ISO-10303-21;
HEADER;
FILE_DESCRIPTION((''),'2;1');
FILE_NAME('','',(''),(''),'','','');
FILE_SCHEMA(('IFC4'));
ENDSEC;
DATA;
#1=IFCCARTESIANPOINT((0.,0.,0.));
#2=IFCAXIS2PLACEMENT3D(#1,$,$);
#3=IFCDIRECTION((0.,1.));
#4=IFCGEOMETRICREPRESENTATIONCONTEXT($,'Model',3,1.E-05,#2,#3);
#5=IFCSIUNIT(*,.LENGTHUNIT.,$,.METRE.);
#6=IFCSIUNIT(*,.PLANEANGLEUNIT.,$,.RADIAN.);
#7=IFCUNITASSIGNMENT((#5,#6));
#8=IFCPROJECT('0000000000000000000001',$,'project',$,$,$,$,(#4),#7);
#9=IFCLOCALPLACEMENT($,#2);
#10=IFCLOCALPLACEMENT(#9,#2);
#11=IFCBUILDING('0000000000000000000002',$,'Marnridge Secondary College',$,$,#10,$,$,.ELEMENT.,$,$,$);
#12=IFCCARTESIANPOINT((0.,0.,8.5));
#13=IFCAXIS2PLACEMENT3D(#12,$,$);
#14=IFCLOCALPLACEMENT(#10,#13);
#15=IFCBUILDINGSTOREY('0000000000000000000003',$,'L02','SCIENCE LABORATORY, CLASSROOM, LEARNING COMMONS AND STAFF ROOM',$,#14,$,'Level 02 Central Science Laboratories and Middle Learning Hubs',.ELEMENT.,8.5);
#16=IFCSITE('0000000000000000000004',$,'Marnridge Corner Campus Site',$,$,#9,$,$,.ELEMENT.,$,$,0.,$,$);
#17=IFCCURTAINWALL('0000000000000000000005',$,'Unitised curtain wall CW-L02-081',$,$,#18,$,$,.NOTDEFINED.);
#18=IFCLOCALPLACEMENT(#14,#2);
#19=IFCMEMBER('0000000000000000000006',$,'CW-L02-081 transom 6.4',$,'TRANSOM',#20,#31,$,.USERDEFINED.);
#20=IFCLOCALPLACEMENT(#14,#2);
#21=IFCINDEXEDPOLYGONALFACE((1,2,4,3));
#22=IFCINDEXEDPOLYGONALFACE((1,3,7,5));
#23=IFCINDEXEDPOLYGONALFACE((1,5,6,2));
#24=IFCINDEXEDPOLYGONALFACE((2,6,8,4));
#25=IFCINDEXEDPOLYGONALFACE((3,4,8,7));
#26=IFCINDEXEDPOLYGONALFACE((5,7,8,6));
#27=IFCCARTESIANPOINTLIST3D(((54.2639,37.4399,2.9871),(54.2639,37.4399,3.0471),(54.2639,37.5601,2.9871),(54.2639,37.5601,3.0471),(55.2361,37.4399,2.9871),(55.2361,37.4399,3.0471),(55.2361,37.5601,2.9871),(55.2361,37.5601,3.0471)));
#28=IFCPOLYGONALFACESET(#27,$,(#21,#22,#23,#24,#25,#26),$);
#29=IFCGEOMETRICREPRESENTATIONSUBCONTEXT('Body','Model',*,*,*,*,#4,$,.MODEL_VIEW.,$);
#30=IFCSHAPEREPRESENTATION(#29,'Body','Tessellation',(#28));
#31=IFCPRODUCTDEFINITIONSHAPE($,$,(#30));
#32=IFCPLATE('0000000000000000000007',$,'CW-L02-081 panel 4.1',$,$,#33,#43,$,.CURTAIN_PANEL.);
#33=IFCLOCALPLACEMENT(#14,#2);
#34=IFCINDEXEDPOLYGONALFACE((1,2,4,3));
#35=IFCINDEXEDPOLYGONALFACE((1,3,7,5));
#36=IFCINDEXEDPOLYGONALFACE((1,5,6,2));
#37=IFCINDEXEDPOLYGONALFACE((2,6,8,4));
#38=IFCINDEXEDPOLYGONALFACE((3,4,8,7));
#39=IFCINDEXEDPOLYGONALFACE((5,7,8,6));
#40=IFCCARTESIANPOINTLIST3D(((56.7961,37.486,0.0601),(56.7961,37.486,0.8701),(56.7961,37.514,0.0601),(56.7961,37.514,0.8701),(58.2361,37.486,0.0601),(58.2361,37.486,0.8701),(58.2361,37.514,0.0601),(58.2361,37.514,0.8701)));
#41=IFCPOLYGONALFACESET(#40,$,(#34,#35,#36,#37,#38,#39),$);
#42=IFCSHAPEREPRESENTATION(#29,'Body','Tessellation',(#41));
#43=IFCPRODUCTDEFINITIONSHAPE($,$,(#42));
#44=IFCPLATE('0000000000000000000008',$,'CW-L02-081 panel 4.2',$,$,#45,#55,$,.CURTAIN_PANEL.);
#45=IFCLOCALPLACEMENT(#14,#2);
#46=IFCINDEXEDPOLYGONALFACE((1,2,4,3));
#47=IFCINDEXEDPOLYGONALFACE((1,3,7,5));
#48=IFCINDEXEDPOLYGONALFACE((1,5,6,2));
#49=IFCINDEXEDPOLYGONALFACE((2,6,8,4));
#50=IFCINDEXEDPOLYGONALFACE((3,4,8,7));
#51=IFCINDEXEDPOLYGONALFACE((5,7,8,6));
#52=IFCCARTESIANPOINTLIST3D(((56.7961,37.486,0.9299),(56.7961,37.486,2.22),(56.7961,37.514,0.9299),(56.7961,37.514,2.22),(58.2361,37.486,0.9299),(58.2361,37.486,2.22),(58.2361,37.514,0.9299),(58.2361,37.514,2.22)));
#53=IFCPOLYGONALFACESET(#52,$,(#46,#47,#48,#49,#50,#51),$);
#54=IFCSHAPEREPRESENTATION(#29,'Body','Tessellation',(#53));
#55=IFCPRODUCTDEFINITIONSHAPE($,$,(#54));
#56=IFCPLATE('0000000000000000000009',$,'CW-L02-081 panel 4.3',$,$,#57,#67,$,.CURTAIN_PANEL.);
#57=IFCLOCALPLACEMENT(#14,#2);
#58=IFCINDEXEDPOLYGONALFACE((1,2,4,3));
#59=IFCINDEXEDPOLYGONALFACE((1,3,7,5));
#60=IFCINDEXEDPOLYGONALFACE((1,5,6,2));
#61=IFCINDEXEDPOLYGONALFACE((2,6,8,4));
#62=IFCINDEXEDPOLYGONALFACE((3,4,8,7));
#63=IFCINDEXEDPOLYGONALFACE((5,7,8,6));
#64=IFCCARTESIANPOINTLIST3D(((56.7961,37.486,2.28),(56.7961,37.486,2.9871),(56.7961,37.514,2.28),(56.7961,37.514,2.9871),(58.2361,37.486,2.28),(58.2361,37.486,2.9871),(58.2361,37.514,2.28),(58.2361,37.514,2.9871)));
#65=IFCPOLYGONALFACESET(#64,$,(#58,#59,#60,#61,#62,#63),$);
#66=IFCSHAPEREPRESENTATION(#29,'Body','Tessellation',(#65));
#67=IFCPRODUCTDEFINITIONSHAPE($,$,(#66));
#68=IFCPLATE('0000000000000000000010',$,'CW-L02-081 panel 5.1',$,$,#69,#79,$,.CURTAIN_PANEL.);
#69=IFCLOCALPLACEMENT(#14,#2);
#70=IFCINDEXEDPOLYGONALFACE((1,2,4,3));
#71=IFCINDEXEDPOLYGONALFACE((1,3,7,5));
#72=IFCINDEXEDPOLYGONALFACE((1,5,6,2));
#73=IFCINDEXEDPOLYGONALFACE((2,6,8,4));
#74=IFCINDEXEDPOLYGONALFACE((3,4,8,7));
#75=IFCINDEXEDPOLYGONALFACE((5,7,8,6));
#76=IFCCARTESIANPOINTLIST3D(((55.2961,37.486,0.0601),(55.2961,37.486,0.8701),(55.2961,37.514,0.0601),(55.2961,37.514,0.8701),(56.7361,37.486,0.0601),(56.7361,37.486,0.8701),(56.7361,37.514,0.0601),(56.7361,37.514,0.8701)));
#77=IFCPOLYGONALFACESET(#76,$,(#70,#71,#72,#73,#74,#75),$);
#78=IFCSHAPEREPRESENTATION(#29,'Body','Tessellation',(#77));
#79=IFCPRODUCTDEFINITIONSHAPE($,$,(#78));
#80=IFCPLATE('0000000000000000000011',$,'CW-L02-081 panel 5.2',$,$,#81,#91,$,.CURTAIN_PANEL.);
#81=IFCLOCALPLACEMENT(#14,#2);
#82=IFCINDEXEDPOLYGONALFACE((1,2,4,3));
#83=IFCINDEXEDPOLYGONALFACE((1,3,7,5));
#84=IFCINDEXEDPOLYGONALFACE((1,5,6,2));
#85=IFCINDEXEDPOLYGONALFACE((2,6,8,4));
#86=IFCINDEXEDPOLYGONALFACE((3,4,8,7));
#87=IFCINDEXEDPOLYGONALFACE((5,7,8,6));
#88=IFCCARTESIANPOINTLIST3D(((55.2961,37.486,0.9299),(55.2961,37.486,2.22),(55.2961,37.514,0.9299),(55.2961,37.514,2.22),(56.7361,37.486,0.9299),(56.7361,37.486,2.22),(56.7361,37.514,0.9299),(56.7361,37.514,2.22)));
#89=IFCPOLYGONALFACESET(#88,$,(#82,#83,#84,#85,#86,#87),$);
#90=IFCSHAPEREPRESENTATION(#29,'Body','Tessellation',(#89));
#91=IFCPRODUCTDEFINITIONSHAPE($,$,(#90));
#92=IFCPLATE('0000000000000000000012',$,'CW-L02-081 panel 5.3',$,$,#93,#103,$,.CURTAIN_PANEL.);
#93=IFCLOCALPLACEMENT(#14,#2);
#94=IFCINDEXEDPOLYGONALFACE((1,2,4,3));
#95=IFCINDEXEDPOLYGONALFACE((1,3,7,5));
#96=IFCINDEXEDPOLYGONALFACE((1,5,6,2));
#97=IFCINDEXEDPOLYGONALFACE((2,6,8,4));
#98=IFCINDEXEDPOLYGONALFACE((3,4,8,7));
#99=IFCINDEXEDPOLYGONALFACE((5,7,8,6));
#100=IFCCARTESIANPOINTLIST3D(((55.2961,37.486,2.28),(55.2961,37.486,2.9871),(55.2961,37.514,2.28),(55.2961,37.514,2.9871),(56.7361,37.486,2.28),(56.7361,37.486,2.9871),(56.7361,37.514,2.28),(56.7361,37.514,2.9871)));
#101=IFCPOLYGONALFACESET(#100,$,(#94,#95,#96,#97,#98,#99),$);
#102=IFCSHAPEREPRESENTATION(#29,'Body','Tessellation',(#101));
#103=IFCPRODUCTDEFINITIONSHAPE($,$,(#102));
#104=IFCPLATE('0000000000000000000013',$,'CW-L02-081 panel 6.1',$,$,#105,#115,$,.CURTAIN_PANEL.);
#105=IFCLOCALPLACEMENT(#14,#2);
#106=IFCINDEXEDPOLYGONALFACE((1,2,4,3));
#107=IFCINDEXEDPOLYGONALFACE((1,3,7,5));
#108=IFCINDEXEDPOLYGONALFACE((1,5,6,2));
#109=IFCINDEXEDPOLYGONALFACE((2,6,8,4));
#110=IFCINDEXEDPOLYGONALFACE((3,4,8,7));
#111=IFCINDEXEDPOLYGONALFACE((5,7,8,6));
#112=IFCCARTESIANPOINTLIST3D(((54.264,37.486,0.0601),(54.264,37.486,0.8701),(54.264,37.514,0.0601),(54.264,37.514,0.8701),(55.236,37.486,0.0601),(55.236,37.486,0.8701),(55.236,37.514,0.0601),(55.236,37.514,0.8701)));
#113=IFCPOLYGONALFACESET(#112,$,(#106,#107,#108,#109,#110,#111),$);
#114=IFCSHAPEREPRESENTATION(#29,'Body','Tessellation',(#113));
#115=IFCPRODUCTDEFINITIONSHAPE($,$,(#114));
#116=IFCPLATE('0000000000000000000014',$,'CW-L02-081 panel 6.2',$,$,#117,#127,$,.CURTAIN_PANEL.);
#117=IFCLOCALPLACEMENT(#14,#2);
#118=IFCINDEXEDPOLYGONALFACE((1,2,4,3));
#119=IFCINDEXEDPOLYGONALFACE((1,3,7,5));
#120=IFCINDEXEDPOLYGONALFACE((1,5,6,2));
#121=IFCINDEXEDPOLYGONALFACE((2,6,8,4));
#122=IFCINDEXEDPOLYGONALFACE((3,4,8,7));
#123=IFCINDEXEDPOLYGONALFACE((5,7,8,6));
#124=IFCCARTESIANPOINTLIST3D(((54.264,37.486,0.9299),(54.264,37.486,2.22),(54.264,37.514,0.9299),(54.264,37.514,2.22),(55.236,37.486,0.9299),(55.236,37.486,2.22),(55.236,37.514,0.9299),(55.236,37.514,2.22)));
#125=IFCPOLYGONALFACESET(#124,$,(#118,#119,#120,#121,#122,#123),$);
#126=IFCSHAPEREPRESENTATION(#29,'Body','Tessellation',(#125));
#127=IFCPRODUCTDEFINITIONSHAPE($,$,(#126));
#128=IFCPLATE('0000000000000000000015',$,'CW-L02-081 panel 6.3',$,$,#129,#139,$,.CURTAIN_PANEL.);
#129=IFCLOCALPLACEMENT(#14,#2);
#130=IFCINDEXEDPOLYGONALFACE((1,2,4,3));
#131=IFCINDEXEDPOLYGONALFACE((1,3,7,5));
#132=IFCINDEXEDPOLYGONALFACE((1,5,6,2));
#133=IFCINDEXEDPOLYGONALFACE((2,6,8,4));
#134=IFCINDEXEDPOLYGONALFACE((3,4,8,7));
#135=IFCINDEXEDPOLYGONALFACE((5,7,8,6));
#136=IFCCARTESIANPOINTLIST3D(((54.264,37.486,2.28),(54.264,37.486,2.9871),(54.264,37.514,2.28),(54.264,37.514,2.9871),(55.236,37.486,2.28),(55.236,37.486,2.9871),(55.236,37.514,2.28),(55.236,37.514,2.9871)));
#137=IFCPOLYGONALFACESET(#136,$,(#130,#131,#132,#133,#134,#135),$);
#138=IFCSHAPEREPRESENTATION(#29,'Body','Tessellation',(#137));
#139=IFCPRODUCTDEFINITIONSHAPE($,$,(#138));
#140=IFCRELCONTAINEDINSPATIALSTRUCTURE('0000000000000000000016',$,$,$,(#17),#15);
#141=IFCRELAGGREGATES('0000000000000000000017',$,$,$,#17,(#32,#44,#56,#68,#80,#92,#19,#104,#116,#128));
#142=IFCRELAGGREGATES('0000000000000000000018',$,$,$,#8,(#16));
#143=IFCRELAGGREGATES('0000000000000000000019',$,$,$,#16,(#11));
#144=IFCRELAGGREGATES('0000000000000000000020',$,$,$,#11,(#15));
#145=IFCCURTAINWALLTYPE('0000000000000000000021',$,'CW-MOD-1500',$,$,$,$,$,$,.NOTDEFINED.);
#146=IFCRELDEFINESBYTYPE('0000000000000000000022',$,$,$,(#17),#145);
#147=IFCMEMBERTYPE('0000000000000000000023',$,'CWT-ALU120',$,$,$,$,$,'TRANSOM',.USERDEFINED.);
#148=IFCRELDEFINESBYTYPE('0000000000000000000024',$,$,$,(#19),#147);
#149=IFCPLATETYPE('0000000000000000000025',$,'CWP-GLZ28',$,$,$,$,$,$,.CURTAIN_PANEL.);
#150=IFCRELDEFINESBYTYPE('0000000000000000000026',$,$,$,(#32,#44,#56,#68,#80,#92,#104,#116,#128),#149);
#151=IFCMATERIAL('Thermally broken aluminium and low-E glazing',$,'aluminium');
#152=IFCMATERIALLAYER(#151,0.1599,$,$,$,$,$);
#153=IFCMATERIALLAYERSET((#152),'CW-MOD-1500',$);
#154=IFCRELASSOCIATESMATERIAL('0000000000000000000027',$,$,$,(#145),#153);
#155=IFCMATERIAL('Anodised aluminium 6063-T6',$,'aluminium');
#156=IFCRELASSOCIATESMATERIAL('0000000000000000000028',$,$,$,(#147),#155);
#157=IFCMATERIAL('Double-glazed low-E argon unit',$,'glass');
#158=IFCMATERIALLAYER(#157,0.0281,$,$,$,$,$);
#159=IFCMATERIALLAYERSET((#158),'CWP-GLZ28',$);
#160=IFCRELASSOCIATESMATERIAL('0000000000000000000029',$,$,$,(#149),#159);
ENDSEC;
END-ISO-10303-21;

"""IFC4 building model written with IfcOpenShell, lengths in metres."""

from ifc_helpers import new_model, si_unit, direction, frame, origin, origin_2d, place, context, subcontext, project, spatial, rectangle, extrude, material, layer, layer_set, material_profile, profile_set, type_object, element, aggregate, save


model = new_model("IFC4")

# Units and contexts
model_context = context("Model", 3, precision=1e-05, world=origin(), true_north=direction((0.0, 1.0)))
body_context = subcontext(model_context, "Body", "Model", "MODEL_VIEW")
ifc_project = project(units=[si_unit("LENGTHUNIT", "METRE"), si_unit("PLANEANGLEUNIT", "RADIAN")], contexts=[model_context])

# Site, building, storey
site_placement = place(None, origin())
site = spatial("IfcSite", under=ifc_project, at=site_placement, Name="Marnridge Corner Campus Site", CompositionType="ELEMENT", RefElevation=0.0)
building_placement = place(site_placement, origin())
building = spatial("IfcBuilding", under=site, at=building_placement, Name="Marnridge Secondary College", CompositionType="ELEMENT")
storey_placement = place(building_placement, frame((0.0, 0.0, 8.5)))
storey = spatial("IfcBuildingStorey", under=building, at=storey_placement, Name="L02", Description="SCIENCE LABORATORY, CLASSROOM, LEARNING COMMONS AND STAFF ROOM", LongName="Level 02 Central Science Laboratories and Middle Learning Hubs", CompositionType="ELEMENT", Elevation=8.5)

# Curtain wall, member, plates
ifc_material_1 = material(Name="Thermally broken aluminium and low-E glazing", Category="aluminium")
ifc_layer_1 = layer(ifc_material_1, 0.1599)
ifc_layer_set_1 = layer_set([ifc_layer_1], Name="CW-MOD-1500")
curtain_wall_type = type_object("IfcCurtainWallType", Name="CW-MOD-1500", PredefinedType="NOTDEFINED", material=ifc_layer_set_1)
curtain_wall_placement = place(storey_placement, origin())
curtain_wall = element("IfcCurtainWall", 1, at=curtain_wall_placement, inside=storey, type_object=curtain_wall_type, Name="Unitised curtain wall CW-L02-081", PredefinedType="NOTDEFINED")
ifc_material_2 = material(Name="Anodised aluminium 6063-T6", Category="aluminium")
ifc_material_profile_1 = material_profile(ifc_material_2, rectangle(XDim=0.0601, YDim=0.1201, at=origin_2d()), Name="ALU 60x120")
ifc_profile_set_1 = profile_set([ifc_material_profile_1], Name="Anodised aluminium 6063-T6")
member_type_1 = type_object("IfcMemberType", Name="CWT-ALU120", ElementType="TRANSOM", PredefinedType="USERDEFINED", material=ifc_profile_set_1)
member_1_placement = place(storey_placement, frame((55.2361, 37.5, 3.0171), z_axis=(-1.0, 0.0, 0.0), x_axis=(0.0, 0.0, 1.0)))
member_1 = element("IfcMember", 2, at=member_1_placement, type_object=member_type_1, Name="CW-L02-081 transom 6.4", ObjectType="TRANSOM", PredefinedType="USERDEFINED", context=body_context, shape_type="SweptSolid", body=[
    extrude(rectangle(XDim=0.0601, YDim=0.1201, at=origin_2d()), origin(), (0.0, 0.0, 1.0), 0.9722),
])
ifc_material_3 = material(Name="Double-glazed low-E argon unit", Category="glass")
ifc_layer_2 = layer(ifc_material_3, 0.0281)
ifc_layer_set_2 = layer_set([ifc_layer_2], Name="CWP-GLZ28")
plate_type = type_object("IfcPlateType", Name="CWP-GLZ28", PredefinedType="CURTAIN_PANEL", material=ifc_layer_set_2)
plate_1_placement = place(storey_placement, frame((57.5161, 37.5, 0.0601), z_axis=(0.0, 0.0, 1.0), x_axis=(-1.0, 0.0, 0.0)))
plate_1 = element("IfcPlate", 3, at=plate_1_placement, type_object=plate_type, Name="CW-L02-081 panel 4.1", PredefinedType="CURTAIN_PANEL", context=body_context, shape_type="SweptSolid", body=[
    extrude(rectangle(XDim=1.4399, YDim=0.0281, at=origin_2d()), origin(), (0.0, 0.0, 1.0), 0.8101),
])
plate_2_placement = place(storey_placement, frame((57.5161, 37.5, 0.9299), z_axis=(0.0, 0.0, 1.0), x_axis=(-1.0, 0.0, 0.0)))
plate_2 = element("IfcPlate", 4, at=plate_2_placement, type_object=plate_type, Name="CW-L02-081 panel 4.2", PredefinedType="CURTAIN_PANEL", context=body_context, shape_type="SweptSolid", body=[
    extrude(rectangle(XDim=1.4399, YDim=0.0281, at=origin_2d()), origin(), (0.0, 0.0, 1.0), 1.29),
])
plate_3_placement = place(storey_placement, frame((57.5161, 37.5, 2.28), z_axis=(0.0, 0.0, 1.0), x_axis=(-1.0, 0.0, 0.0)))
plate_3 = element("IfcPlate", 5, at=plate_3_placement, type_object=plate_type, Name="CW-L02-081 panel 4.3", PredefinedType="CURTAIN_PANEL", context=body_context, shape_type="SweptSolid", body=[
    extrude(rectangle(XDim=1.4399, YDim=0.0281, at=origin_2d()), origin(), (0.0, 0.0, 1.0), 0.707),
])
plate_4_placement = place(storey_placement, frame((56.0161, 37.5, 0.0601), z_axis=(0.0, 0.0, 1.0), x_axis=(-1.0, 0.0, 0.0)))
plate_4 = element("IfcPlate", 6, at=plate_4_placement, type_object=plate_type, Name="CW-L02-081 panel 5.1", PredefinedType="CURTAIN_PANEL", context=body_context, shape_type="SweptSolid", body=[
    extrude(rectangle(XDim=1.4399, YDim=0.0281, at=origin_2d()), origin(), (0.0, 0.0, 1.0), 0.8101),
])
plate_5_placement = place(storey_placement, frame((56.0161, 37.5, 0.9299), z_axis=(0.0, 0.0, 1.0), x_axis=(-1.0, 0.0, 0.0)))
plate_5 = element("IfcPlate", 7, at=plate_5_placement, type_object=plate_type, Name="CW-L02-081 panel 5.2", PredefinedType="CURTAIN_PANEL", context=body_context, shape_type="SweptSolid", body=[
    extrude(rectangle(XDim=1.4399, YDim=0.0281, at=origin_2d()), origin(), (0.0, 0.0, 1.0), 1.29),
])
plate_6_placement = place(storey_placement, frame((56.0161, 37.5, 2.28), z_axis=(0.0, 0.0, 1.0), x_axis=(-1.0, 0.0, 0.0)))
plate_6 = element("IfcPlate", 8, at=plate_6_placement, type_object=plate_type, Name="CW-L02-081 panel 5.3", PredefinedType="CURTAIN_PANEL", context=body_context, shape_type="SweptSolid", body=[
    extrude(rectangle(XDim=1.4399, YDim=0.0281, at=origin_2d()), origin(), (0.0, 0.0, 1.0), 0.707),
])
plate_7_placement = place(storey_placement, frame((54.75, 37.5, 0.0601), z_axis=(0.0, 0.0, 1.0), x_axis=(-1.0, 0.0, 0.0)))
plate_7 = element("IfcPlate", 9, at=plate_7_placement, type_object=plate_type, Name="CW-L02-081 panel 6.1", PredefinedType="CURTAIN_PANEL", context=body_context, shape_type="SweptSolid", body=[
    extrude(rectangle(XDim=0.9719, YDim=0.0281, at=origin_2d()), origin(), (0.0, 0.0, 1.0), 0.8101),
])
plate_8_placement = place(storey_placement, frame((54.75, 37.5, 0.9299), z_axis=(0.0, 0.0, 1.0), x_axis=(-1.0, 0.0, 0.0)))
plate_8 = element("IfcPlate", 10, at=plate_8_placement, type_object=plate_type, Name="CW-L02-081 panel 6.2", PredefinedType="CURTAIN_PANEL", context=body_context, shape_type="SweptSolid", body=[
    extrude(rectangle(XDim=0.9719, YDim=0.0281, at=origin_2d()), origin(), (0.0, 0.0, 1.0), 1.29),
])
plate_9_placement = place(storey_placement, frame((54.75, 37.5, 2.28), z_axis=(0.0, 0.0, 1.0), x_axis=(-1.0, 0.0, 0.0)))
plate_9 = element("IfcPlate", 11, at=plate_9_placement, type_object=plate_type, Name="CW-L02-081 panel 6.3", PredefinedType="CURTAIN_PANEL", context=body_context, shape_type="SweptSolid", body=[
    extrude(rectangle(XDim=0.9719, YDim=0.0281, at=origin_2d()), origin(), (0.0, 0.0, 1.0), 0.707),
])
aggregate(curtain_wall, [plate_1, plate_2, plate_3, plate_4, plate_5, plate_6, member_1, plate_7, plate_8, plate_9])

save(model, "model.ifc")
